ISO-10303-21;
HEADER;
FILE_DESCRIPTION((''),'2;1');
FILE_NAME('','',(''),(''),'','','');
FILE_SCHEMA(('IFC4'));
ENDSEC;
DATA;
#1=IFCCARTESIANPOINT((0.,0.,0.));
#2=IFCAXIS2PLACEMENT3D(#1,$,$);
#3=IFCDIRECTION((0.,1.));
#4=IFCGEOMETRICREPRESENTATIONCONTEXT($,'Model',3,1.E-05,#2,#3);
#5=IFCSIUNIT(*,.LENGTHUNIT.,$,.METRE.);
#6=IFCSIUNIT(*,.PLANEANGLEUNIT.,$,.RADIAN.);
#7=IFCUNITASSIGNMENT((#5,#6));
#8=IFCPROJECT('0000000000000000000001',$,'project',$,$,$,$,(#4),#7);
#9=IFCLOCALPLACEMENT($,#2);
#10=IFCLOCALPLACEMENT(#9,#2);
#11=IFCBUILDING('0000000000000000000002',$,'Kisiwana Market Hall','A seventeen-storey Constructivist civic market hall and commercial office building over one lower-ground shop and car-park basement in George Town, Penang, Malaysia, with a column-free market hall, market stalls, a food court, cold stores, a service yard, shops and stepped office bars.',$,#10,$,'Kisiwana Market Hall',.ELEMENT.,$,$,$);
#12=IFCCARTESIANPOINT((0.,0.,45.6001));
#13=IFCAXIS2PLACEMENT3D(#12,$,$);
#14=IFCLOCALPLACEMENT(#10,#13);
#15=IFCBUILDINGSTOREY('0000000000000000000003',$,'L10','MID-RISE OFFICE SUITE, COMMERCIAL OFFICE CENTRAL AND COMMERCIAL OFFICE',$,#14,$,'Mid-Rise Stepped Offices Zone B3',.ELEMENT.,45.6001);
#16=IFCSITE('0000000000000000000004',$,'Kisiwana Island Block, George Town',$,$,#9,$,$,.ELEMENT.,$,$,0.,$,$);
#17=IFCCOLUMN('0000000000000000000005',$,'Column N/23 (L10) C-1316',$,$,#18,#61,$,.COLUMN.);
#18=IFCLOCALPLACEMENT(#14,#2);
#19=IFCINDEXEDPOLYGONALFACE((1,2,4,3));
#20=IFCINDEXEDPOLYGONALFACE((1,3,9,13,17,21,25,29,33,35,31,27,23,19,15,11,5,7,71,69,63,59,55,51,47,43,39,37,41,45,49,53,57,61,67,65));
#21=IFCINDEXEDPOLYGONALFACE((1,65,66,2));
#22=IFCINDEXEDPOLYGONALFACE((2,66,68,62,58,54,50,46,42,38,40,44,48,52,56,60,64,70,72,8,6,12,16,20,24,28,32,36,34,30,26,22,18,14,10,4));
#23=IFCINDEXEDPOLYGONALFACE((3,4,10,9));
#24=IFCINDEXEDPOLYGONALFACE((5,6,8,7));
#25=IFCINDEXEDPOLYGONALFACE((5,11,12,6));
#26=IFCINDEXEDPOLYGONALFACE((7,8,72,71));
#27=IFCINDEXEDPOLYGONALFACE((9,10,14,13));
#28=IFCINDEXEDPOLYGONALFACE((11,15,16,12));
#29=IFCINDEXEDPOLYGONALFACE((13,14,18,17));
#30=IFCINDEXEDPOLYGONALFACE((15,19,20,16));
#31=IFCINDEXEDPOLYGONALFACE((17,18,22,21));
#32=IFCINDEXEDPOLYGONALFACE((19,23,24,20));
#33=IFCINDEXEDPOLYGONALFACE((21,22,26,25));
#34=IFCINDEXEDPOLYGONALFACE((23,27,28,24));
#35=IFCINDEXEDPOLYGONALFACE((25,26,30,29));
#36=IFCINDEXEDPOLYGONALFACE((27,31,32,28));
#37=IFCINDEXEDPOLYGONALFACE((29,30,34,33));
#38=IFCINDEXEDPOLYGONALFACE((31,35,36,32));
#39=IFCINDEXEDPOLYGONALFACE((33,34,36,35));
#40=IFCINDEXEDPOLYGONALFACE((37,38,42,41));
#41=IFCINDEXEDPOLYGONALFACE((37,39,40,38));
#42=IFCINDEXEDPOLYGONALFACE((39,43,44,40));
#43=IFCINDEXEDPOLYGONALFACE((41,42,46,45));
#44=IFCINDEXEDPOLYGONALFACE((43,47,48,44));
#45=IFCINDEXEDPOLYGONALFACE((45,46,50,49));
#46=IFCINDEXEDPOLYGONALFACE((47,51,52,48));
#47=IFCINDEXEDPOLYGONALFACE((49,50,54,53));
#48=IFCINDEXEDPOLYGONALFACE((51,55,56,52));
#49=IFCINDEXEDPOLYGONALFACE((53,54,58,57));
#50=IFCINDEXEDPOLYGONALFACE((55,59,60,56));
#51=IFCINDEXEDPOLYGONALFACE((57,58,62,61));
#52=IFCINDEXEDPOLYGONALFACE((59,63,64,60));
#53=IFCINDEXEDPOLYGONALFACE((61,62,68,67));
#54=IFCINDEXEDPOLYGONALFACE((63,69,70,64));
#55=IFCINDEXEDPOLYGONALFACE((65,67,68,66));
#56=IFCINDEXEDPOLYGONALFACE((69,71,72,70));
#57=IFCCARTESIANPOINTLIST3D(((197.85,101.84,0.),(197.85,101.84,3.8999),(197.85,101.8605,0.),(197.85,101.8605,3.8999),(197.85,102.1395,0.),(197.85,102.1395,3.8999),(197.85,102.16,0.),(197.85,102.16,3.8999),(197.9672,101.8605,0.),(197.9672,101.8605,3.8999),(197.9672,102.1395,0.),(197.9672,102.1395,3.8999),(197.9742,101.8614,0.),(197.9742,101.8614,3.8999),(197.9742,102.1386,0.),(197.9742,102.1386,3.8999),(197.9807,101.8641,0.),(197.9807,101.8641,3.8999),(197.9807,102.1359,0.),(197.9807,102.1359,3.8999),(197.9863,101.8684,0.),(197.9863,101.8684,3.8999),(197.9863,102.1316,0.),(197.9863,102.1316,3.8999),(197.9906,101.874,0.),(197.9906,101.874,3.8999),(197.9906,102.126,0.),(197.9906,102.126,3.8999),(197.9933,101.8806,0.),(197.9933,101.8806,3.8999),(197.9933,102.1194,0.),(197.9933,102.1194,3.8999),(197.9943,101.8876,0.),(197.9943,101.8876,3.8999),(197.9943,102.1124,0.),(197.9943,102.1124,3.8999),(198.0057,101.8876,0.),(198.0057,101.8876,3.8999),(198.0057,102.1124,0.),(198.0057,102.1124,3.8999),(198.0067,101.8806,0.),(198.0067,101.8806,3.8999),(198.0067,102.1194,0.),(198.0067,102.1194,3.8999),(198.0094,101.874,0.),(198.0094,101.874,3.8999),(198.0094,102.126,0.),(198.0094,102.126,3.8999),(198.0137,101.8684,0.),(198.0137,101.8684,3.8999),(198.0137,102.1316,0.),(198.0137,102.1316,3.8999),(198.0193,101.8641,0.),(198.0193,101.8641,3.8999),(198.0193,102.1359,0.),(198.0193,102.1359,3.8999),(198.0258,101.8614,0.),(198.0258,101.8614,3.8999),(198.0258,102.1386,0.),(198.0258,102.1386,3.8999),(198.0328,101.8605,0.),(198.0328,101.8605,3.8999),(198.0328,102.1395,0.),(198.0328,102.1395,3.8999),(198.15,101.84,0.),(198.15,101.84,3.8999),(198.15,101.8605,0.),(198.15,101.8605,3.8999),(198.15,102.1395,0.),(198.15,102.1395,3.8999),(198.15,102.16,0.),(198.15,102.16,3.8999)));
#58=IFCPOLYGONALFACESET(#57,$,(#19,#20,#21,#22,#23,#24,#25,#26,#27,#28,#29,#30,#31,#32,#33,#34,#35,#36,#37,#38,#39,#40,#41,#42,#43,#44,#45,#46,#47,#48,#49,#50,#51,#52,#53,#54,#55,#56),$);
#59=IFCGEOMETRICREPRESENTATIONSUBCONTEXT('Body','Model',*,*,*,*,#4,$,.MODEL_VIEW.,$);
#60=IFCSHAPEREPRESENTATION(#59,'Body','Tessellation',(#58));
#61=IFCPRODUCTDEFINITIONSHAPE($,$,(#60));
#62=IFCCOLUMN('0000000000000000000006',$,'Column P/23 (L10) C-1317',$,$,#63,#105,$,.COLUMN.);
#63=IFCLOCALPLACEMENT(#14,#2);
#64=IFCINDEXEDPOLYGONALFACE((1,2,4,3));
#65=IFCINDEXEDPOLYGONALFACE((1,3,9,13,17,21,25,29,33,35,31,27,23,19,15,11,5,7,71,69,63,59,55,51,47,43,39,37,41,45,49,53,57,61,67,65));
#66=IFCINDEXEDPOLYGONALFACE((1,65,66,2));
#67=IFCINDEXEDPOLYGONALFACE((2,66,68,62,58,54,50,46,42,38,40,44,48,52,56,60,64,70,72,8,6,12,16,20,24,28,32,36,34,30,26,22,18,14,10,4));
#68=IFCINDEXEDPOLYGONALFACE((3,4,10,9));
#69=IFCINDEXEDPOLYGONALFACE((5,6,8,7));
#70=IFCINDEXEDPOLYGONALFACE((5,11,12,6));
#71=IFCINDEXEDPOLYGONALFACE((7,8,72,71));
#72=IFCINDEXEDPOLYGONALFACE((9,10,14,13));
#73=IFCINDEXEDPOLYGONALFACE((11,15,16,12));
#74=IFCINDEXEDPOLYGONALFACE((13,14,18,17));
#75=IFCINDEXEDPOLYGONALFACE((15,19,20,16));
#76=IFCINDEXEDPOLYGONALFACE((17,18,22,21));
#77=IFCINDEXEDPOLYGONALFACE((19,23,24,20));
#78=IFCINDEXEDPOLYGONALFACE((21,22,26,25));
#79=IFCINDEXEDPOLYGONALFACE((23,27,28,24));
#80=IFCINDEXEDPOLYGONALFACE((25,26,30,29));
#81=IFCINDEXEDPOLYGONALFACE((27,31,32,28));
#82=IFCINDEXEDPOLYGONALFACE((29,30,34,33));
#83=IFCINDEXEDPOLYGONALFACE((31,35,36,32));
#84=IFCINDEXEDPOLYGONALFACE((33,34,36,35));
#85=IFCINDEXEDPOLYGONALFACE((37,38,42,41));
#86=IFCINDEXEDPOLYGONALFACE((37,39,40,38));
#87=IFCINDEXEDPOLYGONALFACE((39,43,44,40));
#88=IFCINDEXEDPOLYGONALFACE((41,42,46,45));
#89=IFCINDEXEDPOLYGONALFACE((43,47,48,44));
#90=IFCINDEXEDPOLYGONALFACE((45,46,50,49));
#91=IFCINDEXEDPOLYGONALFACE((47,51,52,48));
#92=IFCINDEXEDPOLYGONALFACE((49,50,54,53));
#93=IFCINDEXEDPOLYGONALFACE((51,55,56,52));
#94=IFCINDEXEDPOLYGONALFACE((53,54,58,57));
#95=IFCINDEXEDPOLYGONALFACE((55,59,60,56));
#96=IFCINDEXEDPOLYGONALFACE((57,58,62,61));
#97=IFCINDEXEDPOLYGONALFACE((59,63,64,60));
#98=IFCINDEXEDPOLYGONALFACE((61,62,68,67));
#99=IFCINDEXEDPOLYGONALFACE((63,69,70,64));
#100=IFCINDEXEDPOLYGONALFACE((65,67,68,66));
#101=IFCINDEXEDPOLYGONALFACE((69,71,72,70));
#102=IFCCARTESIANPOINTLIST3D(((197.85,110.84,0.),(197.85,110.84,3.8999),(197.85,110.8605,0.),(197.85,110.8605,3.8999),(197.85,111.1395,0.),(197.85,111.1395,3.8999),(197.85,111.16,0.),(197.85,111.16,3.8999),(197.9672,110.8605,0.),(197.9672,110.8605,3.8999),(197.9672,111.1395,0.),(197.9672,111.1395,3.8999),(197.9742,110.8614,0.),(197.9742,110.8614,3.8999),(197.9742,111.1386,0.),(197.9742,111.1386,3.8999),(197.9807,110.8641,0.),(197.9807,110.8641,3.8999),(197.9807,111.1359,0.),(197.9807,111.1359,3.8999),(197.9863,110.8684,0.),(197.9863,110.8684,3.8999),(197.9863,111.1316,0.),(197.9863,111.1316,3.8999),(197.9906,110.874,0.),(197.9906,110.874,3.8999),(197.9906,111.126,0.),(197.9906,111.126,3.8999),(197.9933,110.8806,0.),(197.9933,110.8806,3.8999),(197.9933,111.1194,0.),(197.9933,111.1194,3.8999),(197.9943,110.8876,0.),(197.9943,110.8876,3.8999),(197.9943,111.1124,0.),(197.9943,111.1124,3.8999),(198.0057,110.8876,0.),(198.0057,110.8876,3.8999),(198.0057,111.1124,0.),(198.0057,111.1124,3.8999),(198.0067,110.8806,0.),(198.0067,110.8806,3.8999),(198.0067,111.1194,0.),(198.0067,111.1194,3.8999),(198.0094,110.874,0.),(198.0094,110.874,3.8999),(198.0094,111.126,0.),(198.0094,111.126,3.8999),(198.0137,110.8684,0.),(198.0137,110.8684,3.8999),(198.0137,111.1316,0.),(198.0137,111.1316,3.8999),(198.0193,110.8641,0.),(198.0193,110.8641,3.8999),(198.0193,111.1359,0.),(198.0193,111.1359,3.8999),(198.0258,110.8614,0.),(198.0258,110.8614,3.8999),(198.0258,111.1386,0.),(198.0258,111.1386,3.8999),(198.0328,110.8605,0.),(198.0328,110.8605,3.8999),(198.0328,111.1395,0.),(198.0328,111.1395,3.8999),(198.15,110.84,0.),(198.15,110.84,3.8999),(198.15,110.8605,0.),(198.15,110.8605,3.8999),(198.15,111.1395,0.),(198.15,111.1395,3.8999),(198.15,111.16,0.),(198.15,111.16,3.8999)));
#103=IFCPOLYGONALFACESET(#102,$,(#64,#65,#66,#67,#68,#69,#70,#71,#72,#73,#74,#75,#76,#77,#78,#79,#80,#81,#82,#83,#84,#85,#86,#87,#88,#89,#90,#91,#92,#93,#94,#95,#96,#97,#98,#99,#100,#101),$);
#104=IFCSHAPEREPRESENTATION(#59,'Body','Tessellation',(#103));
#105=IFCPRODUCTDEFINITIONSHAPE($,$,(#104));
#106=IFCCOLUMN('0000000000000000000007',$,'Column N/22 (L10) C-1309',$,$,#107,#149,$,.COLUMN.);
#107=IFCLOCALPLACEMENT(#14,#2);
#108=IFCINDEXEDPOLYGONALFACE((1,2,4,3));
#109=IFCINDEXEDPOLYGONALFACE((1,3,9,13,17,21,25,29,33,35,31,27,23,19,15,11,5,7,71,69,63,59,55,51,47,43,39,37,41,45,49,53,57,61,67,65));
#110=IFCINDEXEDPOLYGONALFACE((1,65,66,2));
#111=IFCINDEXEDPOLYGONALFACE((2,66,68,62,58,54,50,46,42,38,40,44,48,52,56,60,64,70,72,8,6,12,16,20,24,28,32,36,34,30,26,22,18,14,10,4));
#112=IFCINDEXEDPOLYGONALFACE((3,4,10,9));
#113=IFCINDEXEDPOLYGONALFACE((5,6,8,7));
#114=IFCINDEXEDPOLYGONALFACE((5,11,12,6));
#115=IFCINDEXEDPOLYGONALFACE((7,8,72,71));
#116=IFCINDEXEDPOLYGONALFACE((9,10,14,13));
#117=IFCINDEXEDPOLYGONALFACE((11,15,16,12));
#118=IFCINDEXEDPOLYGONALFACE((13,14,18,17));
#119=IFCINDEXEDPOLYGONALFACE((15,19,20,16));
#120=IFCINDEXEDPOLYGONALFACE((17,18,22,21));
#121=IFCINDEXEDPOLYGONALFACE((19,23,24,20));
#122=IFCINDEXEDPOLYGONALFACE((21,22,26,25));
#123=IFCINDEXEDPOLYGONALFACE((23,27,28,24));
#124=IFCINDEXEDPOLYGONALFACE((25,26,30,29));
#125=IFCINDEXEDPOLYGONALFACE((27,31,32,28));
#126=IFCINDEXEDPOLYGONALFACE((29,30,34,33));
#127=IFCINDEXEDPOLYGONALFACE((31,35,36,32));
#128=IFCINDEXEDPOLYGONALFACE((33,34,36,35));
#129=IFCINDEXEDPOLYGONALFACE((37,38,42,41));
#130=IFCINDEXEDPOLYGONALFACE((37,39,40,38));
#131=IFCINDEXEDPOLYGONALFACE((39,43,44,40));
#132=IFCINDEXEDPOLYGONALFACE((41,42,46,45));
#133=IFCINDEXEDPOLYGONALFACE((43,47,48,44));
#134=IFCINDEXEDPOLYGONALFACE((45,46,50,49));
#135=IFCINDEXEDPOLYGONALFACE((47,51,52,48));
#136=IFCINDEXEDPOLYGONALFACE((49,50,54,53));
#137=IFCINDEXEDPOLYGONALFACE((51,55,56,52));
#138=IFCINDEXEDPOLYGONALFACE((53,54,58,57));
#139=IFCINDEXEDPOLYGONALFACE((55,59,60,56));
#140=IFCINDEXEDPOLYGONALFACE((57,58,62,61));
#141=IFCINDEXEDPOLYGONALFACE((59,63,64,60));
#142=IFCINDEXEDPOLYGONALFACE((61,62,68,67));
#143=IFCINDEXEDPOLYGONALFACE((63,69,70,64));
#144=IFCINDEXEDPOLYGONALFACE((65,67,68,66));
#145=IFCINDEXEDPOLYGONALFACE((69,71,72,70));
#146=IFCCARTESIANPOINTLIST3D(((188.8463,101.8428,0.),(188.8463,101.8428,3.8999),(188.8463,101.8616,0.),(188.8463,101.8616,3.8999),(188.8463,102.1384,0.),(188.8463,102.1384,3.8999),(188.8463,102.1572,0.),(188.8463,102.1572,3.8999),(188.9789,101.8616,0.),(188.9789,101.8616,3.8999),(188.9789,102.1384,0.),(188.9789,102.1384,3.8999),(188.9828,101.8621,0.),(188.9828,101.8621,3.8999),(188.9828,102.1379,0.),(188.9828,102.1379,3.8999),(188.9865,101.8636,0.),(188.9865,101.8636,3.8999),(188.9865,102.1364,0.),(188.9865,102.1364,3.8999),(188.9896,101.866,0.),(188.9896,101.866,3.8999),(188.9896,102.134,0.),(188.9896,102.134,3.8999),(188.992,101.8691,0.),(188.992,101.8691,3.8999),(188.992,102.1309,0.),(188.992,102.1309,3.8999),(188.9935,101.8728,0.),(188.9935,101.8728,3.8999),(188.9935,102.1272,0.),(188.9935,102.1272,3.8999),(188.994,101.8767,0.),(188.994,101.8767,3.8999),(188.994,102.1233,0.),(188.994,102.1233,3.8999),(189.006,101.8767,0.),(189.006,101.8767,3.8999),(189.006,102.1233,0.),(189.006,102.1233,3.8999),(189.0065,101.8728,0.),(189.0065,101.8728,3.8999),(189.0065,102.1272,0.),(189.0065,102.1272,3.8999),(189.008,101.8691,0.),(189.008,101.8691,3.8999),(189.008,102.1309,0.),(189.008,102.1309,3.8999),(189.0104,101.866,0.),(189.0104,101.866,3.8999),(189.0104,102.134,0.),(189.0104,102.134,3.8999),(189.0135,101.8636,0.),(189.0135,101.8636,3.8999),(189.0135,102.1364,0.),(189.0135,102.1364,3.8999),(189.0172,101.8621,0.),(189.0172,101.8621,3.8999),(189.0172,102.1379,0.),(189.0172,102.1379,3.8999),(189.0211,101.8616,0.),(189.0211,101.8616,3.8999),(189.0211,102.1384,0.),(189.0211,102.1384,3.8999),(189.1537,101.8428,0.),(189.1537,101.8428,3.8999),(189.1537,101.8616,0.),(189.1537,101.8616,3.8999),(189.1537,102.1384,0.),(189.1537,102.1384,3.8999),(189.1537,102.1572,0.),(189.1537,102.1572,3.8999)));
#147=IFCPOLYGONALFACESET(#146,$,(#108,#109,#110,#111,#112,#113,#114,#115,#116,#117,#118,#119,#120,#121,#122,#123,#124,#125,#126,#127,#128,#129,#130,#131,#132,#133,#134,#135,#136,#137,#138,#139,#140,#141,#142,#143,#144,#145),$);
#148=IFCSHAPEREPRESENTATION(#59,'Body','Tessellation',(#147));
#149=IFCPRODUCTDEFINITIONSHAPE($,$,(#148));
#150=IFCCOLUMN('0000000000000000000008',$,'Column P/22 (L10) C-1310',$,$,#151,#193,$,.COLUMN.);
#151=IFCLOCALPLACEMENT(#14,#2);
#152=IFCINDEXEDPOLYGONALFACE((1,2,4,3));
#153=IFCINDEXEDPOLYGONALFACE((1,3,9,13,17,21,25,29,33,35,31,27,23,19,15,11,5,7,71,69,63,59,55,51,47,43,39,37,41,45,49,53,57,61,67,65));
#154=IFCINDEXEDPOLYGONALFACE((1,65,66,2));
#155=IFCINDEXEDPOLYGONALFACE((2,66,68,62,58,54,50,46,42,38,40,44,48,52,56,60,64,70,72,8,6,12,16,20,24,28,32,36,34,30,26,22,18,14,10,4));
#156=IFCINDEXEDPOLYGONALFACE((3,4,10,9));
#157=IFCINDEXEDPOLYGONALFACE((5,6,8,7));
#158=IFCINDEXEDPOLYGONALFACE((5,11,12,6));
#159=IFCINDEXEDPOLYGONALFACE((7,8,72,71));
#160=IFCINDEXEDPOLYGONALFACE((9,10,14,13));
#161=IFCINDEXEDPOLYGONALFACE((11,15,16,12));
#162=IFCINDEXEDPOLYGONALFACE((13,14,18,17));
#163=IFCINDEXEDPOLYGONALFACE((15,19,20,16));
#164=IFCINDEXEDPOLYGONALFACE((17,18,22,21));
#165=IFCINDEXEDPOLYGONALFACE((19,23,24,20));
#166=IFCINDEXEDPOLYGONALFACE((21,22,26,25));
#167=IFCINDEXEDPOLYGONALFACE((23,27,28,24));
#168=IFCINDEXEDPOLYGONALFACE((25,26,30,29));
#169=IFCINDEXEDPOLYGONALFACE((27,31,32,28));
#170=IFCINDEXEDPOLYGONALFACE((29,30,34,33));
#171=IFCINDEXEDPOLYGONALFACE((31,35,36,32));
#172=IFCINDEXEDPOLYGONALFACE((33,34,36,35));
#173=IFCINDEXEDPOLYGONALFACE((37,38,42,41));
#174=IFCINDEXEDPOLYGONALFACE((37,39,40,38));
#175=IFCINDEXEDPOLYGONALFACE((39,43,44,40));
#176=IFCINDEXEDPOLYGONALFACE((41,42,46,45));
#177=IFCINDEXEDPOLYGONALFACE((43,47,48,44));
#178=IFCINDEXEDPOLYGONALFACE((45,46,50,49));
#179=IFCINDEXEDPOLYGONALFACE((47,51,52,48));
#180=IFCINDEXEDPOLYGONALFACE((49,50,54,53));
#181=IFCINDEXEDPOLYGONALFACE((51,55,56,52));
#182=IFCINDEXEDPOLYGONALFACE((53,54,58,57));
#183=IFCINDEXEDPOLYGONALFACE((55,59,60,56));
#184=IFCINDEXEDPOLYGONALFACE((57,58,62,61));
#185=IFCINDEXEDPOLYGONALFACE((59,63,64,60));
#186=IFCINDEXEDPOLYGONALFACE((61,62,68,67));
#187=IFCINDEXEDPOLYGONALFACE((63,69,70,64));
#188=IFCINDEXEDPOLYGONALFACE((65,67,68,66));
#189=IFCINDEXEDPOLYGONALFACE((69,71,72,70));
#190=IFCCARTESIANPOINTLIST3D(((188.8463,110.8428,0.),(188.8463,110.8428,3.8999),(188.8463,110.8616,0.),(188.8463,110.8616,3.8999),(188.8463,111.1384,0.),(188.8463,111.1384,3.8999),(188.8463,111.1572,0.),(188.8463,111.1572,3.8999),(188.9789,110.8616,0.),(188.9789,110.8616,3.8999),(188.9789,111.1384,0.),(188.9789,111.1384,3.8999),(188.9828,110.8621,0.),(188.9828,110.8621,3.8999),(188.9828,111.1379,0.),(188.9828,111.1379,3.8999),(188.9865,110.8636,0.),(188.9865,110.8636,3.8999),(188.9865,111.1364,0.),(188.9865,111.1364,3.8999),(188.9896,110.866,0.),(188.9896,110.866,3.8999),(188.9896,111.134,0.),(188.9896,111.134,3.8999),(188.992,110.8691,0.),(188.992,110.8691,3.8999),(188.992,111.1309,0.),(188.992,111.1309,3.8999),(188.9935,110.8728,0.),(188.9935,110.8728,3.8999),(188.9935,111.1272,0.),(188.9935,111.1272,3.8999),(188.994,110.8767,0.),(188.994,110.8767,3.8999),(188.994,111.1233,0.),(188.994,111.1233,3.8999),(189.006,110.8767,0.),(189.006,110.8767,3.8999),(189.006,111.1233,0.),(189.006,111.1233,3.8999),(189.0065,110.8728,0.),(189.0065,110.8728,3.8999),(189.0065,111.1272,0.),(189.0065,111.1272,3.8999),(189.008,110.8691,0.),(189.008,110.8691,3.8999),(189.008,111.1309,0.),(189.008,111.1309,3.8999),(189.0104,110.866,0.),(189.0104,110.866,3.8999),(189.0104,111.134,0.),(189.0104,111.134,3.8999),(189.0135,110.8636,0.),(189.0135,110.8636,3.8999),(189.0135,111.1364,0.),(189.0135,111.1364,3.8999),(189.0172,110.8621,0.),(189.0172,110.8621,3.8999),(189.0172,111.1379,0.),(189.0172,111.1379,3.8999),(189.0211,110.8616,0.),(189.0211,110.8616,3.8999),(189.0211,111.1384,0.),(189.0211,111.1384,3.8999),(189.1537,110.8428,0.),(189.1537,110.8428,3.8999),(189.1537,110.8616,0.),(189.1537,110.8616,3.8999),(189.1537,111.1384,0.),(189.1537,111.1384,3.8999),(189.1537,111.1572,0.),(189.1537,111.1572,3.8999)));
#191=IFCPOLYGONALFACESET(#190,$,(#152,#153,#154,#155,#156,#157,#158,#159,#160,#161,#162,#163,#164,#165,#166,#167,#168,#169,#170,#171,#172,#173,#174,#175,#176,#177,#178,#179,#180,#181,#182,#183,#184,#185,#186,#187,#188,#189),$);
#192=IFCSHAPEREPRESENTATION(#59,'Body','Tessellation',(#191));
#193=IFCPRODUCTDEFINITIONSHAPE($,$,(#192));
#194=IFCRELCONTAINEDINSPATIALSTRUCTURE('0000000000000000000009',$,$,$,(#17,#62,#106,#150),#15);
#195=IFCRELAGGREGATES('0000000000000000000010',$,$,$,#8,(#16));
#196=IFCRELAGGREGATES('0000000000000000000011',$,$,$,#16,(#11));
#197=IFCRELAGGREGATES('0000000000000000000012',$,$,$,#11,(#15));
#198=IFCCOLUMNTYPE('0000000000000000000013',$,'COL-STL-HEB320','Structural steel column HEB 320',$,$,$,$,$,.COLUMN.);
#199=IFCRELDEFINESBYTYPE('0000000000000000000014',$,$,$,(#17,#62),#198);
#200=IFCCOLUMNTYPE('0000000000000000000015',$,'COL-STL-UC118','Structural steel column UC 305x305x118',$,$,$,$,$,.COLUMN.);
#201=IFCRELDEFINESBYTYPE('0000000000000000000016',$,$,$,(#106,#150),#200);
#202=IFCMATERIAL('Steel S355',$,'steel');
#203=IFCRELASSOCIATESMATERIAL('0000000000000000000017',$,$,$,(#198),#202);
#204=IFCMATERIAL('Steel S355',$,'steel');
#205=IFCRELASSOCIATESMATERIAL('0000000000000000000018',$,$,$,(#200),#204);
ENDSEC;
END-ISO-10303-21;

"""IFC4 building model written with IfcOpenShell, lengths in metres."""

from ifc_helpers import new_model, si_unit, direction, frame, origin, origin_2d, place, context, subcontext, project, spatial, i_section, extrude, material, material_profile, profile_set, type_object, element, save


model = new_model("IFC4")

# Units and contexts
model_context = context("Model", 3, precision=1e-05, world=origin(), true_north=direction((0.0, 1.0)))
body_context = subcontext(model_context, "Body", "Model", "MODEL_VIEW")
ifc_project = project(units=[si_unit("LENGTHUNIT", "METRE"), si_unit("PLANEANGLEUNIT", "RADIAN")], contexts=[model_context])

# Site, building, storey
site_placement = place(None, origin())
site = spatial("IfcSite", under=ifc_project, at=site_placement, Name="Kisiwana Island Block, George Town", CompositionType="ELEMENT", RefElevation=0.0)
building_placement = place(site_placement, origin())
building = spatial("IfcBuilding", under=site, at=building_placement, Name="Kisiwana Market Hall", Description="A seventeen-storey Constructivist civic market hall and commercial office building over one lower-ground shop and car-park basement in George Town, Penang, Malaysia, with a column-free market hall, market stalls, a food court, cold stores, a service yard, shops and stepped office bars.", LongName="Kisiwana Market Hall", CompositionType="ELEMENT")
storey_placement = place(building_placement, frame((0.0, 0.0, 45.6001)))
storey = spatial("IfcBuildingStorey", under=building, at=storey_placement, Name="L10", Description="MID-RISE OFFICE SUITE, COMMERCIAL OFFICE CENTRAL AND COMMERCIAL OFFICE", LongName="Mid-Rise Stepped Offices Zone B3", CompositionType="ELEMENT", Elevation=45.6001)

# Columns
ifc_material_1 = material(Name="Steel S355", Category="steel")
ifc_material_profile_1 = material_profile(ifc_material_1, i_section(OverallWidth=0.3, OverallDepth=0.3201, WebThickness=0.0115, FlangeThickness=0.0205, FilletRadius=0.0271, at=origin_2d()), Name="HEB 320")
ifc_profile_set_1 = profile_set([ifc_material_profile_1], Name="Steel S355")
column_type_1 = type_object("IfcColumnType", Name="COL-STL-HEB320", Description="Structural steel column HEB 320", PredefinedType="COLUMN", material=ifc_profile_set_1)
for number, where, z_axis, x_axis, name in (
    (1, (198.0, 102.0, 0.0), (0.0, 0.0, 1.0), (1.0, 0.0, 0.0), "Column N/23 (L10) C-1316"),
    (2, (198.0, 111.0, 0.0), (0.0, 0.0, 1.0), (1.0, 0.0, 0.0), "Column P/23 (L10) C-1317"),
):
    element("IfcColumn", number, at=place(storey_placement, frame(where, z_axis=z_axis, x_axis=x_axis)), inside=storey, type_object=column_type_1, Name=name, PredefinedType="COLUMN", context=body_context, shape_type="SweptSolid", body=[
        extrude(i_section(OverallWidth=0.3, OverallDepth=0.3201, WebThickness=0.0115, FlangeThickness=0.0205, FilletRadius=0.0271, at=origin_2d()), origin(), (0.0, 0.0, 1.0), 3.8999),
    ])
ifc_material_2 = material(Name="Steel S355", Category="steel")
ifc_material_profile_2 = material_profile(ifc_material_2, i_section(OverallWidth=0.3074, OverallDepth=0.3145, WebThickness=0.012, FlangeThickness=0.0188, FilletRadius=0.0151, at=origin_2d()), Name="UC 305x305x118")
ifc_profile_set_2 = profile_set([ifc_material_profile_2], Name="Steel S355")
column_type_2 = type_object("IfcColumnType", Name="COL-STL-UC118", Description="Structural steel column UC 305x305x118", PredefinedType="COLUMN", material=ifc_profile_set_2)
for number, where, z_axis, x_axis, name in (
    (3, (189.0, 102.0, 0.0), (0.0, 0.0, 1.0), (1.0, 0.0, 0.0), "Column N/22 (L10) C-1309"),
    (4, (189.0, 111.0, 0.0), (0.0, 0.0, 1.0), (1.0, 0.0, 0.0), "Column P/22 (L10) C-1310"),
):
    element("IfcColumn", number, at=place(storey_placement, frame(where, z_axis=z_axis, x_axis=x_axis)), inside=storey, type_object=column_type_2, Name=name, PredefinedType="COLUMN", context=body_context, shape_type="SweptSolid", body=[
        extrude(i_section(OverallWidth=0.3074, OverallDepth=0.3145, WebThickness=0.012, FlangeThickness=0.0188, FilletRadius=0.0151, at=origin_2d()), origin(), (0.0, 0.0, 1.0), 3.8999),
    ])

save(model, "model.ifc")
